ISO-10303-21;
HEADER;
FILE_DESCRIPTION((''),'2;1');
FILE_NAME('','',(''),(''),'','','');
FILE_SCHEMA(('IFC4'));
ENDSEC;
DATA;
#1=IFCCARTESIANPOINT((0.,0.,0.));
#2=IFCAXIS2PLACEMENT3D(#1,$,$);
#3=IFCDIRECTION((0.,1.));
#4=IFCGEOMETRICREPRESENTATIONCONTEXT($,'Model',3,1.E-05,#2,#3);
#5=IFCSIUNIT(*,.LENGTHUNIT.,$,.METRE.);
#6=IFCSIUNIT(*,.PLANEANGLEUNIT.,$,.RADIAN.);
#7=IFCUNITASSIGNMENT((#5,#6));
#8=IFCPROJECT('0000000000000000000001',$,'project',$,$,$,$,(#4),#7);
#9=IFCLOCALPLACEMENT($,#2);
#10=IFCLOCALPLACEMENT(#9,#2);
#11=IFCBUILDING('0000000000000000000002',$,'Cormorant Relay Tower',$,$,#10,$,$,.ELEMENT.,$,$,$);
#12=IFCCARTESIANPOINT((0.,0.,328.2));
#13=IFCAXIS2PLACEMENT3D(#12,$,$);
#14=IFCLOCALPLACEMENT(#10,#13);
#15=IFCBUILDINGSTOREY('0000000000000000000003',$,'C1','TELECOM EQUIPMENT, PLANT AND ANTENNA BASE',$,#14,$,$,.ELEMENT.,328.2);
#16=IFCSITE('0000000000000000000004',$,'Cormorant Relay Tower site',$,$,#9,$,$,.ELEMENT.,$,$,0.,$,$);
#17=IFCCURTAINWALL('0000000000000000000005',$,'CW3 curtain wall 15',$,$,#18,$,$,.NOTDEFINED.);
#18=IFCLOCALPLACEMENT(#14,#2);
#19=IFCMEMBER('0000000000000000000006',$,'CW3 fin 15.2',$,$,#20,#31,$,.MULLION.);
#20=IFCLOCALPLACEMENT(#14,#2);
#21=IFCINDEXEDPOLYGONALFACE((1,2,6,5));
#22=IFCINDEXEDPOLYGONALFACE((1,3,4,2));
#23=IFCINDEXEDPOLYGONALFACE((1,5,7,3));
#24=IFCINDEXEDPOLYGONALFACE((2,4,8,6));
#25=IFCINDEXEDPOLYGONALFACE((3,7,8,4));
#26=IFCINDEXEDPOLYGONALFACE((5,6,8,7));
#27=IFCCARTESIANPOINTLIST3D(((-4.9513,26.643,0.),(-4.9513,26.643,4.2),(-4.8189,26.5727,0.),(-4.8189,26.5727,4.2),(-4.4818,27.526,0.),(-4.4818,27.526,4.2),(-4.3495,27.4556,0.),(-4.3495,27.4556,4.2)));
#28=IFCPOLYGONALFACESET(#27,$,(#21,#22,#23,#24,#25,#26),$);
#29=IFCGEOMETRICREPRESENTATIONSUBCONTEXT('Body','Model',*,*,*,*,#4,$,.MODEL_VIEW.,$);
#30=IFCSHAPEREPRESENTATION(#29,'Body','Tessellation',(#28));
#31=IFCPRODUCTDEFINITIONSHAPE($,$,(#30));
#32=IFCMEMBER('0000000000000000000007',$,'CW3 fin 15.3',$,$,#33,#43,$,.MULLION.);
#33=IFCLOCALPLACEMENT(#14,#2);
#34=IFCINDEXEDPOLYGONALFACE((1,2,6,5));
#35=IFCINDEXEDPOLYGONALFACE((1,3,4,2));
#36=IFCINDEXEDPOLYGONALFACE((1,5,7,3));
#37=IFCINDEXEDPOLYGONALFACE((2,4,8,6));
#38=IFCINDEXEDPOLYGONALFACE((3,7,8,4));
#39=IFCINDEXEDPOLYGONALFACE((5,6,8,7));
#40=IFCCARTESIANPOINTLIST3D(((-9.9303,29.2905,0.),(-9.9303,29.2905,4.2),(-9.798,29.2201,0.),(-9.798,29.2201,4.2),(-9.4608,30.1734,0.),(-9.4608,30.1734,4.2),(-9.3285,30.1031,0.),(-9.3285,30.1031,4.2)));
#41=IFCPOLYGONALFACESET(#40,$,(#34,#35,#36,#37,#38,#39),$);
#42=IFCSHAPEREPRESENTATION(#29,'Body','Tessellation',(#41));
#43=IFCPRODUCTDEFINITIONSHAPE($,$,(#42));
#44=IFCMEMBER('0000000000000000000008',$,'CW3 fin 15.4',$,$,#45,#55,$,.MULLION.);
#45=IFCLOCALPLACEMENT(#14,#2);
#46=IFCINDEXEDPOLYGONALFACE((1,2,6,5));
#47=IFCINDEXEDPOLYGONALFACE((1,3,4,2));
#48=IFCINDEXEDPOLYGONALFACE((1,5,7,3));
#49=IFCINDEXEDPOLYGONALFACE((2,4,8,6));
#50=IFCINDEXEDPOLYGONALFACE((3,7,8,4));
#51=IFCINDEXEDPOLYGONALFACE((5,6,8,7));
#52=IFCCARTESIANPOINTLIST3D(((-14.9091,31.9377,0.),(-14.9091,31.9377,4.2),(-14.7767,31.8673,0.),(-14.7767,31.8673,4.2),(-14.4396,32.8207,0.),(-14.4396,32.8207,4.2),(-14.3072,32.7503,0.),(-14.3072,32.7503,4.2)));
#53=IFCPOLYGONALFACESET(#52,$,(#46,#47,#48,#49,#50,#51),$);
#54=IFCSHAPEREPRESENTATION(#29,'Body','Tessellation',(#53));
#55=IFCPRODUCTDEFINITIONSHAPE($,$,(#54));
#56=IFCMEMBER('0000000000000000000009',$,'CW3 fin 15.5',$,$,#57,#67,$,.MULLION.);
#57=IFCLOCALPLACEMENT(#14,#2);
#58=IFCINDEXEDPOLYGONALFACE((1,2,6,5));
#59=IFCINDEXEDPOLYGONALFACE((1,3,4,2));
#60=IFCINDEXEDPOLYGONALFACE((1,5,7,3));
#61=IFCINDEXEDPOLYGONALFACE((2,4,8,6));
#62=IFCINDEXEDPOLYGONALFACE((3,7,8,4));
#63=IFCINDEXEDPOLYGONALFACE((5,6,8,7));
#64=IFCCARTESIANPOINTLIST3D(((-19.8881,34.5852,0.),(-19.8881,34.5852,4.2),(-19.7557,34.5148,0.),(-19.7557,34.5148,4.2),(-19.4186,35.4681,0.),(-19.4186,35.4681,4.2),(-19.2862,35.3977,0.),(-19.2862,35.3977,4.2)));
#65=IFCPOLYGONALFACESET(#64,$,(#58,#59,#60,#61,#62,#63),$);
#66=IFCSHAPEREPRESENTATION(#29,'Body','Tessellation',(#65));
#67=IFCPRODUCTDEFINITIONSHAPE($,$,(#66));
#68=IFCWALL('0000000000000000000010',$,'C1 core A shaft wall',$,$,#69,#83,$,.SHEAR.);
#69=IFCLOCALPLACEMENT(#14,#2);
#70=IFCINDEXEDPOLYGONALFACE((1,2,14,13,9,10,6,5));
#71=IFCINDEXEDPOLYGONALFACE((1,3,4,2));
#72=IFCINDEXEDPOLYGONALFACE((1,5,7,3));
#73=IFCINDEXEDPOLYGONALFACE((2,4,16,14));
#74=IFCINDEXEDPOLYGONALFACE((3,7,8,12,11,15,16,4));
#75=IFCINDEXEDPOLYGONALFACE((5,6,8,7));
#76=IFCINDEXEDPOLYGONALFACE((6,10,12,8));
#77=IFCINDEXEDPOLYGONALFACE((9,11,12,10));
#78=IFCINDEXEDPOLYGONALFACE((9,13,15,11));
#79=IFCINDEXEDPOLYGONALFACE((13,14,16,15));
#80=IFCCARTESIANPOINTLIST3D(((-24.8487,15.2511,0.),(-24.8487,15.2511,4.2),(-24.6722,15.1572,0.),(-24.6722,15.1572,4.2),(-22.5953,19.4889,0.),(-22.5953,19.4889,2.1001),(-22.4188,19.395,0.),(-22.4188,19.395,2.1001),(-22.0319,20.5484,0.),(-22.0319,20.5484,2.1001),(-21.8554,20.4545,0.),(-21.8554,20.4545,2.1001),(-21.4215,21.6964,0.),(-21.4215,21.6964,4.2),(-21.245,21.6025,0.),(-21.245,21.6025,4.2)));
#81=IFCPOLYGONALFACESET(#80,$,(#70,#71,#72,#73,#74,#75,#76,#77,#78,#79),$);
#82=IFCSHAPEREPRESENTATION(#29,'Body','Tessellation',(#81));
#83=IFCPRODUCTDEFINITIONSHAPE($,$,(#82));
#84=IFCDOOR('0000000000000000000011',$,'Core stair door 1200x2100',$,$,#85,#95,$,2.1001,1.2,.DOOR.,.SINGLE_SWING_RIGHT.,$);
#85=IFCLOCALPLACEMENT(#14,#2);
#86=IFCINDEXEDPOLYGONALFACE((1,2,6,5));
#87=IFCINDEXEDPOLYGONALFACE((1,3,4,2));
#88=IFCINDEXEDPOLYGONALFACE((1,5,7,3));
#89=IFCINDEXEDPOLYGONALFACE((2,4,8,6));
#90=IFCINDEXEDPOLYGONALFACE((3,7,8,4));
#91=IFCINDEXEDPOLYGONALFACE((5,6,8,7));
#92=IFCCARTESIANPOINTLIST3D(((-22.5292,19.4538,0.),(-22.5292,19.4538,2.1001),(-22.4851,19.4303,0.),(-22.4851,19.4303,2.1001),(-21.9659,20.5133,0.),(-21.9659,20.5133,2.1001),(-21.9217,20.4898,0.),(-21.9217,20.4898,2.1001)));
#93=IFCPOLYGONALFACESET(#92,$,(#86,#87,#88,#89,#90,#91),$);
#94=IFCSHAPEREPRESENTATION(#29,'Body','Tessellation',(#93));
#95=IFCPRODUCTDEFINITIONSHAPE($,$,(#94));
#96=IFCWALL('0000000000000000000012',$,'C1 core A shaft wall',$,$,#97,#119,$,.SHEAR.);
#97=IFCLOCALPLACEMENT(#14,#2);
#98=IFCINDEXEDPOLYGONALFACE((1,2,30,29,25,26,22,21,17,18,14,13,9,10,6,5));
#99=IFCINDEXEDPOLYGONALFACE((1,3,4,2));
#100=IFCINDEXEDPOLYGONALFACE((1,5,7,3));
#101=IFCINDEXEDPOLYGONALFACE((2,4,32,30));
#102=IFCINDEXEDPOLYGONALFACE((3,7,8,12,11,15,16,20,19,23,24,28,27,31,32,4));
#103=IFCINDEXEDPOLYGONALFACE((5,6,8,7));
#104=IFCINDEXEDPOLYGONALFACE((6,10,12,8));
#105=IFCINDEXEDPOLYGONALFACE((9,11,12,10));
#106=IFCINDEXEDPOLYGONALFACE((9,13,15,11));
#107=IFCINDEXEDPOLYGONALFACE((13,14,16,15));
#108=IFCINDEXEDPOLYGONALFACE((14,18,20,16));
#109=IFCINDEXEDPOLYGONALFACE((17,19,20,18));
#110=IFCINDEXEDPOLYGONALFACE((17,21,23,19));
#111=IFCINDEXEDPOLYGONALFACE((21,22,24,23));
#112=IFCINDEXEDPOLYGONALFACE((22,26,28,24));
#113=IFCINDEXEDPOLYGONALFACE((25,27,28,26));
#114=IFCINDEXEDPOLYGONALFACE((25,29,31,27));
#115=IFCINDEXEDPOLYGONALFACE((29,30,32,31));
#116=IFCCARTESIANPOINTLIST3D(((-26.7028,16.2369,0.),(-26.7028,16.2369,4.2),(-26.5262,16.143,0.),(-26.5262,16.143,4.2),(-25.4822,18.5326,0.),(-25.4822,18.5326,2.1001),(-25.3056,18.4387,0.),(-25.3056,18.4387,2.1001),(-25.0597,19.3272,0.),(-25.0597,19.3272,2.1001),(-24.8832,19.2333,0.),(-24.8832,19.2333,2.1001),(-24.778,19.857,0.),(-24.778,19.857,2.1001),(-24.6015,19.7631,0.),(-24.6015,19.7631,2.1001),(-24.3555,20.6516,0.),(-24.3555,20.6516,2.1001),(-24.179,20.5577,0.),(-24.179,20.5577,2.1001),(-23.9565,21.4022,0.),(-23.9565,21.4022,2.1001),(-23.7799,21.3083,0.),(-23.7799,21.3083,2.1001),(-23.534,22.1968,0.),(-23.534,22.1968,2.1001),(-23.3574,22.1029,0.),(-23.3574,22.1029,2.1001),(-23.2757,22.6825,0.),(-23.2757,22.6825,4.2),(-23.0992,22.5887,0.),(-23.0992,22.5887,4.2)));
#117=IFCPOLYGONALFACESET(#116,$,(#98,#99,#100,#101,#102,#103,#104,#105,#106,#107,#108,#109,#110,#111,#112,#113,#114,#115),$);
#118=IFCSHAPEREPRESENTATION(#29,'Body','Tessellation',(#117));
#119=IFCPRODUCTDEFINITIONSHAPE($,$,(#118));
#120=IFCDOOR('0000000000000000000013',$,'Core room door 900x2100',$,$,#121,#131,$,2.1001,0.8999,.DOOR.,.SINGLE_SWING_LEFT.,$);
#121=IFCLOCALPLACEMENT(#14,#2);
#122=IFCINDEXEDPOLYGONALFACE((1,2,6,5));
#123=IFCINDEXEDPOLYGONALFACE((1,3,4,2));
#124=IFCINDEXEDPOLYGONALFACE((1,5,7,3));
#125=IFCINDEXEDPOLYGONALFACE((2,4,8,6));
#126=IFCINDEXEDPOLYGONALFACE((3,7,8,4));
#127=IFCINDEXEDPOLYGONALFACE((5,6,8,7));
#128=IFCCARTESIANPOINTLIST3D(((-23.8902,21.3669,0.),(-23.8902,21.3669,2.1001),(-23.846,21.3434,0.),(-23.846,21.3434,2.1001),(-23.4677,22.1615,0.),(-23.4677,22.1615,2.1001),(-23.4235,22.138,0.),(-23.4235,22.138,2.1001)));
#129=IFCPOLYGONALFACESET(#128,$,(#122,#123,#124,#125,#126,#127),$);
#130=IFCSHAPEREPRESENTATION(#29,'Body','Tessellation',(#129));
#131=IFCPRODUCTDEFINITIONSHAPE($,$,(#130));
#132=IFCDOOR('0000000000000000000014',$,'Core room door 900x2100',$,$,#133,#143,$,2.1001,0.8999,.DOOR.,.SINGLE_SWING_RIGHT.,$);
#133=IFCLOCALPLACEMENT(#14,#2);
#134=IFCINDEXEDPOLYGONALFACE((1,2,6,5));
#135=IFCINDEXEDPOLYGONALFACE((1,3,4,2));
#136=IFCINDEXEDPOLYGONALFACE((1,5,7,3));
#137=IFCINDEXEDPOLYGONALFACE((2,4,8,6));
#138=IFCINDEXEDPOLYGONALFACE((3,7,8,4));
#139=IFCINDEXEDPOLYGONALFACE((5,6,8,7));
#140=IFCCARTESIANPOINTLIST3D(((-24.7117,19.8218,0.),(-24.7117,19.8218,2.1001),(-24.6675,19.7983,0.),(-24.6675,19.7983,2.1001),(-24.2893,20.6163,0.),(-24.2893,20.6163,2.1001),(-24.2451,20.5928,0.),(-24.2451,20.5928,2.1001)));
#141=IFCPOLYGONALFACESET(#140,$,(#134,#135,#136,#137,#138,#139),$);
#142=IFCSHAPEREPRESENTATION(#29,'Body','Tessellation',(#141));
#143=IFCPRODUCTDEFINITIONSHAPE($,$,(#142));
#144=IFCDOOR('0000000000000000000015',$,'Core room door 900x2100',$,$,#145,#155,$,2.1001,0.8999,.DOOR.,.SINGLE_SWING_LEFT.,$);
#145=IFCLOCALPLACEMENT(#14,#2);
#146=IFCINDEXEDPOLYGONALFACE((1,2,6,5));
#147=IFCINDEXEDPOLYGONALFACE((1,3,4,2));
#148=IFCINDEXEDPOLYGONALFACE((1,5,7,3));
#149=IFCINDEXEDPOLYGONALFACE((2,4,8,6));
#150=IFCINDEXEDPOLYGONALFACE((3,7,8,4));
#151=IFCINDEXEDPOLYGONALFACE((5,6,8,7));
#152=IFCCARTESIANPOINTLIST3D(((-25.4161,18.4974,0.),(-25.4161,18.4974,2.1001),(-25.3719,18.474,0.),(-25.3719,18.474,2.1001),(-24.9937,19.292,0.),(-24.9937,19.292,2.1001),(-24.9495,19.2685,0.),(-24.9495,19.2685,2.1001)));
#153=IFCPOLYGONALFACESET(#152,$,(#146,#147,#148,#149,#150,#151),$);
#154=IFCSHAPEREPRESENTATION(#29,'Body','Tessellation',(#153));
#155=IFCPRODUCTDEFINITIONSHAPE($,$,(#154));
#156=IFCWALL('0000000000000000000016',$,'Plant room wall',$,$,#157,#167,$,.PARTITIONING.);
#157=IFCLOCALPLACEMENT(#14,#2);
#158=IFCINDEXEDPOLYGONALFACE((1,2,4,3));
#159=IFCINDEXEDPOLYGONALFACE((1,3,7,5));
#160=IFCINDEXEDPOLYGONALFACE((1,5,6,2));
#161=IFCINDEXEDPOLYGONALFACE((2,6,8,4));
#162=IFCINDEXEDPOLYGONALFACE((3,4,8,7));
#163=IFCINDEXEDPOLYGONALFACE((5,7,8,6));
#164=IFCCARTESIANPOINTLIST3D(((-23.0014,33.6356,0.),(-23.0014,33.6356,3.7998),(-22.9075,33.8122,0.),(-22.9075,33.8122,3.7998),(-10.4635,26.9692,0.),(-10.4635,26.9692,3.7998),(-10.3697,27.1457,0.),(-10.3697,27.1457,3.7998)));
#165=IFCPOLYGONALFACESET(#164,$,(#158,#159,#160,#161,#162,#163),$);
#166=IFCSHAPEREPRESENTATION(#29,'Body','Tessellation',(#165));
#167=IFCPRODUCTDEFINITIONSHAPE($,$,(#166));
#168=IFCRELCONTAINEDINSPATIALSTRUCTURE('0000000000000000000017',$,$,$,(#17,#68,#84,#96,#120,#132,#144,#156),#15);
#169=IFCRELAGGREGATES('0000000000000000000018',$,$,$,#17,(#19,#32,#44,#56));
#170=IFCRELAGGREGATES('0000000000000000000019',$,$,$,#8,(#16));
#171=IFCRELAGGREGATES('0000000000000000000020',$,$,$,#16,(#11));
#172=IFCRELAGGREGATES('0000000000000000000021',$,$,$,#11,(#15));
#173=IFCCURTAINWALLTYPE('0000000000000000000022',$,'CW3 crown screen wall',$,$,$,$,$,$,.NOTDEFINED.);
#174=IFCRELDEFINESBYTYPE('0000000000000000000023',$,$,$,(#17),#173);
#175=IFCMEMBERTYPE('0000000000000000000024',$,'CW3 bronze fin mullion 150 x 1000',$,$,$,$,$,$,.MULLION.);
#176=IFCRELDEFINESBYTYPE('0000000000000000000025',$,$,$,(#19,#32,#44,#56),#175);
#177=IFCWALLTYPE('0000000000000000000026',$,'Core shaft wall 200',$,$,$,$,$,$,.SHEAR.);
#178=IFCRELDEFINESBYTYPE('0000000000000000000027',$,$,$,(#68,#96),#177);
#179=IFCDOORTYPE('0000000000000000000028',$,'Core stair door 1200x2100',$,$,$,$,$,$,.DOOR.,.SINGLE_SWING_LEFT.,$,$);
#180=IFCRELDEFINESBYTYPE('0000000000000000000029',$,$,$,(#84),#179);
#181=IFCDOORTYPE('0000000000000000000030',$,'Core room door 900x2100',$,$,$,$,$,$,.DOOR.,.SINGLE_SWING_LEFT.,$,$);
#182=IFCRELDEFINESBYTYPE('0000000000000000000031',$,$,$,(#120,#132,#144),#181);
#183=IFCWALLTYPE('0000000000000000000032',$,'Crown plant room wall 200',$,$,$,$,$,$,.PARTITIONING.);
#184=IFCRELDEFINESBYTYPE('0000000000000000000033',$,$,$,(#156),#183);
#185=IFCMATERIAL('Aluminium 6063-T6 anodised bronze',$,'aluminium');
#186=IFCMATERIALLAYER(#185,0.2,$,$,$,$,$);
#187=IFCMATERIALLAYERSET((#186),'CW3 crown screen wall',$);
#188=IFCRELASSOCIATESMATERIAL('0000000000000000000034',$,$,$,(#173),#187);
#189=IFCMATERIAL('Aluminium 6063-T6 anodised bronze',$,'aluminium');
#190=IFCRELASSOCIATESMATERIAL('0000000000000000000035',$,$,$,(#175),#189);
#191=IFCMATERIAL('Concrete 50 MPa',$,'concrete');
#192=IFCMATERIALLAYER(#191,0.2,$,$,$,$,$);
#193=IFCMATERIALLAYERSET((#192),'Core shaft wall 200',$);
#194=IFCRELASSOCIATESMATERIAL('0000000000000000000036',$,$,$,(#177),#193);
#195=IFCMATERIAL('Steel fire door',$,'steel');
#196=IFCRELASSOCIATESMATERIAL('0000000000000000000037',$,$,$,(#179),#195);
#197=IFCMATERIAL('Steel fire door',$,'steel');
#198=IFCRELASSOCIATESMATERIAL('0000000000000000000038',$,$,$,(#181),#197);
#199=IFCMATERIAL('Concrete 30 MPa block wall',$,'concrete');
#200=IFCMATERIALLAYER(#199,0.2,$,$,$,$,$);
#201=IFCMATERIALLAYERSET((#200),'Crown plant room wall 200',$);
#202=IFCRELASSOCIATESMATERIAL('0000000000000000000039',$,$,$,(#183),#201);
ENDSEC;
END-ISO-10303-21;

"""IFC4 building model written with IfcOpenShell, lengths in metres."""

from ifc_helpers import new_model, si_unit, direction, frame, frame_2d, origin, origin_2d, place, context, subcontext, project, spatial, rectangle, extrude, material, layer, layer_set, material_profile, profile_set, type_object, element, fill, aggregate, save


model = new_model("IFC4")

# Units and contexts
model_context = context("Model", 3, precision=1e-05, world=origin(), true_north=direction((0.0, 1.0)))
body_context = subcontext(model_context, "Body", "Model", "MODEL_VIEW")
ifc_project = project(units=[si_unit("LENGTHUNIT", "METRE"), si_unit("PLANEANGLEUNIT", "RADIAN")], contexts=[model_context])

# Site, building, storey
site_placement = place(None, origin())
site = spatial("IfcSite", under=ifc_project, at=site_placement, Name="Cormorant Relay Tower site", CompositionType="ELEMENT", RefElevation=0.0)
building_placement = place(site_placement, origin())
building = spatial("IfcBuilding", under=site, at=building_placement, Name="Cormorant Relay Tower", CompositionType="ELEMENT")
storey_placement = place(building_placement, frame((0.0, 0.0, 328.2)))
storey = spatial("IfcBuildingStorey", under=building, at=storey_placement, Name="C1", Description="TELECOM EQUIPMENT, PLANT AND ANTENNA BASE", CompositionType="ELEMENT", Elevation=328.2)

# Curtain wall, members
ifc_material_1 = material(Name="Aluminium 6063-T6 anodised bronze", Category="aluminium")
ifc_layer_1 = layer(ifc_material_1, 0.2)
ifc_layer_set_1 = layer_set([ifc_layer_1], Name="CW3 crown screen wall")
curtain_wall_type = type_object("IfcCurtainWallType", Name="CW3 crown screen wall", PredefinedType="NOTDEFINED", material=ifc_layer_set_1)
curtain_wall_placement = place(storey_placement, origin())
curtain_wall = element("IfcCurtainWall", 1, at=curtain_wall_placement, inside=storey, type_object=curtain_wall_type, Name="CW3 curtain wall 15", PredefinedType="NOTDEFINED")
ifc_material_2 = material(Name="Aluminium 6063-T6 anodised bronze", Category="aluminium")
ifc_material_profile = material_profile(ifc_material_2, rectangle(XDim=0.1499, YDim=1.0, at=origin_2d()), Name="AL 150x1000")
ifc_profile_set = profile_set([ifc_material_profile], Name="Aluminium 6063-T6 anodised bronze")
member_type = type_object("IfcMemberType", Name="CW3 bronze fin mullion 150 x 1000", PredefinedType="MULLION", material=ifc_profile_set)
member_1_placement = place(storey_placement, frame((-4.6504, 27.0493, 0.0), z_axis=(0.0, 0.0, 1.0), x_axis=(-0.882948, 0.469472, 0.0)))
member_1 = element("IfcMember", 2, at=member_1_placement, type_object=member_type, Name="CW3 fin 15.2", PredefinedType="MULLION", context=body_context, shape_type="SweptSolid", body=[
    extrude(rectangle(XDim=0.1499, YDim=1.0, at=origin_2d()), origin(), (0.0, 0.0, 1.0), 4.2),
])
member_2_placement = place(storey_placement, frame((-9.6294, 29.6968, 0.0), z_axis=(0.0, 0.0, 1.0), x_axis=(-0.882948, 0.469472, 0.0)))
member_2 = element("IfcMember", 3, at=member_2_placement, type_object=member_type, Name="CW3 fin 15.3", PredefinedType="MULLION", context=body_context, shape_type="SweptSolid", body=[
    extrude(rectangle(XDim=0.1499, YDim=1.0, at=origin_2d()), origin(), (0.0, 0.0, 1.0), 4.2),
])
member_3_placement = place(storey_placement, frame((-14.6082, 32.344, 0.0), z_axis=(0.0, 0.0, 1.0), x_axis=(-0.882948, 0.469472, 0.0)))
member_3 = element("IfcMember", 4, at=member_3_placement, type_object=member_type, Name="CW3 fin 15.4", PredefinedType="MULLION", context=body_context, shape_type="SweptSolid", body=[
    extrude(rectangle(XDim=0.1499, YDim=1.0, at=origin_2d()), origin(), (0.0, 0.0, 1.0), 4.2),
])
member_4_placement = place(storey_placement, frame((-19.5872, 34.9915, 0.0), z_axis=(0.0, 0.0, 1.0), x_axis=(-0.882948, 0.469472, 0.0)))
member_4 = element("IfcMember", 5, at=member_4_placement, type_object=member_type, Name="CW3 fin 15.5", PredefinedType="MULLION", context=body_context, shape_type="SweptSolid", body=[
    extrude(rectangle(XDim=0.1499, YDim=1.0, at=origin_2d()), origin(), (0.0, 0.0, 1.0), 4.2),
])

# Wall, opening, door
ifc_material_3 = material(Name="Concrete 50 MPa", Category="concrete")
ifc_layer_2 = layer(ifc_material_3, 0.2)
ifc_layer_set_2 = layer_set([ifc_layer_2], Name="Core shaft wall 200")
wall_type_1 = type_object("IfcWallType", Name="Core shaft wall 200", PredefinedType="SHEAR", material=ifc_layer_set_2)
wall_1_placement = place(storey_placement, frame((-21.3333, 21.6494, 0.0), z_axis=(0.0, 0.0, 1.0), x_axis=(-0.469494, -0.882936, 0.0)))
wall_1 = element("IfcWall", 6, at=wall_1_placement, inside=storey, type_object=wall_type_1, Name="C1 core A shaft wall", PredefinedType="SHEAR", context=body_context, shape_type="SweptSolid", body=[
    extrude(rectangle(XDim=7.2998, YDim=0.2, at=frame_2d((3.6499, 0.0))), origin(), (0.0, 0.0, 1.0), 4.2),
])
opening_1_placement = place(wall_1_placement, frame((1.3, 0.0, 0.0)))
opening_1 = element("IfcOpeningElement", 7, at=opening_1_placement, cuts=wall_1, PredefinedType="OPENING", context=body_context, shape_type="SweptSolid", body=[
    extrude(rectangle(XDim=1.2, YDim=2.1001, at=frame_2d((0.6001, 1.05))), frame((0.0, 0.1099, 0.0), z_axis=(0.0, -1.0, 0.0), x_axis=(1.0, 0.0, 0.0)), (0.0, 0.0, 1.0), 0.22),
])
ifc_material_4 = material(Name="Steel fire door", Category="steel")
door_type_1 = type_object("IfcDoorType", Name="Core stair door 1200x2100", OperationType="SINGLE_SWING_LEFT", PredefinedType="DOOR", material=ifc_material_4)
door_1_placement = place(opening_1_placement, origin())
door_1 = element("IfcDoor", 8, at=door_1_placement, inside=storey, type_object=door_type_1, Name="Core stair door 1200x2100", OperationType="SINGLE_SWING_RIGHT", OverallHeight=2.1001, OverallWidth=1.2, PredefinedType="DOOR", context=body_context, shape_type="SweptSolid", body=[
    extrude(rectangle(XDim=1.2, YDim=2.1001, at=frame_2d((0.6001, 1.05))), frame((0.0, 0.0249, 0.0), z_axis=(0.0, -1.0, 0.0), x_axis=(1.0, 0.0, 0.0)), (0.0, 0.0, 1.0), 0.05),
])
fill(opening_1, door_1)

# Wall, openings, doors
wall_2_placement = place(storey_placement, frame((-23.1875, 22.6355, 0.0), z_axis=(0.0, 0.0, 1.0), x_axis=(-0.469454, -0.882957, 0.0)))
wall_2 = element("IfcWall", 9, at=wall_2_placement, inside=storey, type_object=wall_type_1, Name="C1 core A shaft wall", PredefinedType="SHEAR", context=body_context, shape_type="SweptSolid", body=[
    extrude(rectangle(XDim=7.3, YDim=0.2, at=frame_2d((3.6499, 0.0))), origin(), (0.0, 0.0, 1.0), 4.2),
])
opening_2_placement = place(wall_2_placement, frame((0.55, 0.0, 0.0)))
opening_2 = element("IfcOpeningElement", 10, at=opening_2_placement, cuts=wall_2, PredefinedType="OPENING", context=body_context, shape_type="SweptSolid", body=[
    extrude(rectangle(XDim=0.8999, YDim=2.1001, at=frame_2d((0.45, 1.05))), frame((0.0, 0.1099, 0.0), z_axis=(0.0, -1.0, 0.0), x_axis=(1.0, 0.0, 0.0)), (0.0, 0.0, 1.0), 0.22),
])
opening_3_placement = place(wall_2_placement, frame((2.3, 0.0, 0.0)))
opening_3 = element("IfcOpeningElement", 11, at=opening_3_placement, cuts=wall_2, PredefinedType="OPENING", context=body_context, shape_type="SweptSolid", body=[
    extrude(rectangle(XDim=0.8999, YDim=2.1001, at=frame_2d((0.45, 1.05))), frame((0.0, 0.1099, 0.0), z_axis=(0.0, -1.0, 0.0), x_axis=(1.0, 0.0, 0.0)), (0.0, 0.0, 1.0), 0.22),
])
opening_4_placement = place(wall_2_placement, frame((3.8, 0.0, 0.0)))
opening_4 = element("IfcOpeningElement", 12, at=opening_4_placement, cuts=wall_2, PredefinedType="OPENING", context=body_context, shape_type="SweptSolid", body=[
    extrude(rectangle(XDim=0.8999, YDim=2.1001, at=frame_2d((0.45, 1.05))), frame((0.0, 0.1099, 0.0), z_axis=(0.0, -1.0, 0.0), x_axis=(1.0, 0.0, 0.0)), (0.0, 0.0, 1.0), 0.22),
])
ifc_material_5 = material(Name="Steel fire door", Category="steel")
door_type_2 = type_object("IfcDoorType", Name="Core room door 900x2100", OperationType="SINGLE_SWING_LEFT", PredefinedType="DOOR", material=ifc_material_5)
door_2_placement = place(opening_2_placement, frame((0.8999, 0.0, 0.0), z_axis=(0.0, 0.0, 1.0), x_axis=(-1.0, 0.0, 0.0)))
door_2 = element("IfcDoor", 13, at=door_2_placement, inside=storey, type_object=door_type_2, Name="Core room door 900x2100", OperationType="SINGLE_SWING_LEFT", OverallHeight=2.1001, OverallWidth=0.8999, PredefinedType="DOOR", context=body_context, shape_type="SweptSolid", body=[
    extrude(rectangle(XDim=0.8999, YDim=2.1001, at=frame_2d((0.45, 1.05))), frame((0.0, 0.0249, 0.0), z_axis=(0.0, -1.0, 0.0), x_axis=(1.0, 0.0, 0.0)), (0.0, 0.0, 1.0), 0.05),
])
fill(opening_2, door_2)
door_3_placement = place(opening_3_placement, frame((0.8999, 0.0, 0.0), z_axis=(0.0, 0.0, 1.0), x_axis=(-1.0, 0.0, 0.0)))
door_3 = element("IfcDoor", 14, at=door_3_placement, inside=storey, type_object=door_type_2, Name="Core room door 900x2100", OperationType="SINGLE_SWING_RIGHT", OverallHeight=2.1001, OverallWidth=0.8999, PredefinedType="DOOR", context=body_context, shape_type="SweptSolid", body=[
    extrude(rectangle(XDim=0.8999, YDim=2.1001, at=frame_2d((0.45, 1.05))), frame((0.0, 0.0249, 0.0), z_axis=(0.0, -1.0, 0.0), x_axis=(1.0, 0.0, 0.0)), (0.0, 0.0, 1.0), 0.05),
])
fill(opening_3, door_3)
door_4_placement = place(opening_4_placement, origin())
door_4 = element("IfcDoor", 15, at=door_4_placement, inside=storey, type_object=door_type_2, Name="Core room door 900x2100", OperationType="SINGLE_SWING_LEFT", OverallHeight=2.1001, OverallWidth=0.8999, PredefinedType="DOOR", context=body_context, shape_type="SweptSolid", body=[
    extrude(rectangle(XDim=0.8999, YDim=2.1001, at=frame_2d((0.45, 1.05))), frame((0.0, 0.0249, 0.0), z_axis=(0.0, -1.0, 0.0), x_axis=(1.0, 0.0, 0.0)), (0.0, 0.0, 1.0), 0.05),
])
fill(opening_4, door_4)

# Wall
ifc_material_6 = material(Name="Concrete 30 MPa block wall", Category="concrete")
ifc_layer_3 = layer(ifc_material_6, 0.2)
ifc_layer_set_3 = layer_set([ifc_layer_3], Name="Crown plant room wall 200")
wall_type_2 = type_object("IfcWallType", Name="Crown plant room wall 200", PredefinedType="PARTITIONING", material=ifc_layer_set_3)
wall_3_placement = place(storey_placement, frame((-10.4165, 27.0574, 0.0), z_axis=(0.0, 0.0, 1.0), x_axis=(-0.882947, 0.469472, 0.0)))
element("IfcWall", 16, at=wall_3_placement, inside=storey, type_object=wall_type_2, Name="Plant room wall", PredefinedType="PARTITIONING", context=body_context, shape_type="SweptSolid", body=[
    extrude(rectangle(XDim=14.2, YDim=0.2, at=frame_2d((7.1001, 0.0))), origin(), (0.0, 0.0, 1.0), 3.7998),
])

aggregate(curtain_wall, [member_1, member_2, member_3, member_4])

save(model, "model.ifc")
